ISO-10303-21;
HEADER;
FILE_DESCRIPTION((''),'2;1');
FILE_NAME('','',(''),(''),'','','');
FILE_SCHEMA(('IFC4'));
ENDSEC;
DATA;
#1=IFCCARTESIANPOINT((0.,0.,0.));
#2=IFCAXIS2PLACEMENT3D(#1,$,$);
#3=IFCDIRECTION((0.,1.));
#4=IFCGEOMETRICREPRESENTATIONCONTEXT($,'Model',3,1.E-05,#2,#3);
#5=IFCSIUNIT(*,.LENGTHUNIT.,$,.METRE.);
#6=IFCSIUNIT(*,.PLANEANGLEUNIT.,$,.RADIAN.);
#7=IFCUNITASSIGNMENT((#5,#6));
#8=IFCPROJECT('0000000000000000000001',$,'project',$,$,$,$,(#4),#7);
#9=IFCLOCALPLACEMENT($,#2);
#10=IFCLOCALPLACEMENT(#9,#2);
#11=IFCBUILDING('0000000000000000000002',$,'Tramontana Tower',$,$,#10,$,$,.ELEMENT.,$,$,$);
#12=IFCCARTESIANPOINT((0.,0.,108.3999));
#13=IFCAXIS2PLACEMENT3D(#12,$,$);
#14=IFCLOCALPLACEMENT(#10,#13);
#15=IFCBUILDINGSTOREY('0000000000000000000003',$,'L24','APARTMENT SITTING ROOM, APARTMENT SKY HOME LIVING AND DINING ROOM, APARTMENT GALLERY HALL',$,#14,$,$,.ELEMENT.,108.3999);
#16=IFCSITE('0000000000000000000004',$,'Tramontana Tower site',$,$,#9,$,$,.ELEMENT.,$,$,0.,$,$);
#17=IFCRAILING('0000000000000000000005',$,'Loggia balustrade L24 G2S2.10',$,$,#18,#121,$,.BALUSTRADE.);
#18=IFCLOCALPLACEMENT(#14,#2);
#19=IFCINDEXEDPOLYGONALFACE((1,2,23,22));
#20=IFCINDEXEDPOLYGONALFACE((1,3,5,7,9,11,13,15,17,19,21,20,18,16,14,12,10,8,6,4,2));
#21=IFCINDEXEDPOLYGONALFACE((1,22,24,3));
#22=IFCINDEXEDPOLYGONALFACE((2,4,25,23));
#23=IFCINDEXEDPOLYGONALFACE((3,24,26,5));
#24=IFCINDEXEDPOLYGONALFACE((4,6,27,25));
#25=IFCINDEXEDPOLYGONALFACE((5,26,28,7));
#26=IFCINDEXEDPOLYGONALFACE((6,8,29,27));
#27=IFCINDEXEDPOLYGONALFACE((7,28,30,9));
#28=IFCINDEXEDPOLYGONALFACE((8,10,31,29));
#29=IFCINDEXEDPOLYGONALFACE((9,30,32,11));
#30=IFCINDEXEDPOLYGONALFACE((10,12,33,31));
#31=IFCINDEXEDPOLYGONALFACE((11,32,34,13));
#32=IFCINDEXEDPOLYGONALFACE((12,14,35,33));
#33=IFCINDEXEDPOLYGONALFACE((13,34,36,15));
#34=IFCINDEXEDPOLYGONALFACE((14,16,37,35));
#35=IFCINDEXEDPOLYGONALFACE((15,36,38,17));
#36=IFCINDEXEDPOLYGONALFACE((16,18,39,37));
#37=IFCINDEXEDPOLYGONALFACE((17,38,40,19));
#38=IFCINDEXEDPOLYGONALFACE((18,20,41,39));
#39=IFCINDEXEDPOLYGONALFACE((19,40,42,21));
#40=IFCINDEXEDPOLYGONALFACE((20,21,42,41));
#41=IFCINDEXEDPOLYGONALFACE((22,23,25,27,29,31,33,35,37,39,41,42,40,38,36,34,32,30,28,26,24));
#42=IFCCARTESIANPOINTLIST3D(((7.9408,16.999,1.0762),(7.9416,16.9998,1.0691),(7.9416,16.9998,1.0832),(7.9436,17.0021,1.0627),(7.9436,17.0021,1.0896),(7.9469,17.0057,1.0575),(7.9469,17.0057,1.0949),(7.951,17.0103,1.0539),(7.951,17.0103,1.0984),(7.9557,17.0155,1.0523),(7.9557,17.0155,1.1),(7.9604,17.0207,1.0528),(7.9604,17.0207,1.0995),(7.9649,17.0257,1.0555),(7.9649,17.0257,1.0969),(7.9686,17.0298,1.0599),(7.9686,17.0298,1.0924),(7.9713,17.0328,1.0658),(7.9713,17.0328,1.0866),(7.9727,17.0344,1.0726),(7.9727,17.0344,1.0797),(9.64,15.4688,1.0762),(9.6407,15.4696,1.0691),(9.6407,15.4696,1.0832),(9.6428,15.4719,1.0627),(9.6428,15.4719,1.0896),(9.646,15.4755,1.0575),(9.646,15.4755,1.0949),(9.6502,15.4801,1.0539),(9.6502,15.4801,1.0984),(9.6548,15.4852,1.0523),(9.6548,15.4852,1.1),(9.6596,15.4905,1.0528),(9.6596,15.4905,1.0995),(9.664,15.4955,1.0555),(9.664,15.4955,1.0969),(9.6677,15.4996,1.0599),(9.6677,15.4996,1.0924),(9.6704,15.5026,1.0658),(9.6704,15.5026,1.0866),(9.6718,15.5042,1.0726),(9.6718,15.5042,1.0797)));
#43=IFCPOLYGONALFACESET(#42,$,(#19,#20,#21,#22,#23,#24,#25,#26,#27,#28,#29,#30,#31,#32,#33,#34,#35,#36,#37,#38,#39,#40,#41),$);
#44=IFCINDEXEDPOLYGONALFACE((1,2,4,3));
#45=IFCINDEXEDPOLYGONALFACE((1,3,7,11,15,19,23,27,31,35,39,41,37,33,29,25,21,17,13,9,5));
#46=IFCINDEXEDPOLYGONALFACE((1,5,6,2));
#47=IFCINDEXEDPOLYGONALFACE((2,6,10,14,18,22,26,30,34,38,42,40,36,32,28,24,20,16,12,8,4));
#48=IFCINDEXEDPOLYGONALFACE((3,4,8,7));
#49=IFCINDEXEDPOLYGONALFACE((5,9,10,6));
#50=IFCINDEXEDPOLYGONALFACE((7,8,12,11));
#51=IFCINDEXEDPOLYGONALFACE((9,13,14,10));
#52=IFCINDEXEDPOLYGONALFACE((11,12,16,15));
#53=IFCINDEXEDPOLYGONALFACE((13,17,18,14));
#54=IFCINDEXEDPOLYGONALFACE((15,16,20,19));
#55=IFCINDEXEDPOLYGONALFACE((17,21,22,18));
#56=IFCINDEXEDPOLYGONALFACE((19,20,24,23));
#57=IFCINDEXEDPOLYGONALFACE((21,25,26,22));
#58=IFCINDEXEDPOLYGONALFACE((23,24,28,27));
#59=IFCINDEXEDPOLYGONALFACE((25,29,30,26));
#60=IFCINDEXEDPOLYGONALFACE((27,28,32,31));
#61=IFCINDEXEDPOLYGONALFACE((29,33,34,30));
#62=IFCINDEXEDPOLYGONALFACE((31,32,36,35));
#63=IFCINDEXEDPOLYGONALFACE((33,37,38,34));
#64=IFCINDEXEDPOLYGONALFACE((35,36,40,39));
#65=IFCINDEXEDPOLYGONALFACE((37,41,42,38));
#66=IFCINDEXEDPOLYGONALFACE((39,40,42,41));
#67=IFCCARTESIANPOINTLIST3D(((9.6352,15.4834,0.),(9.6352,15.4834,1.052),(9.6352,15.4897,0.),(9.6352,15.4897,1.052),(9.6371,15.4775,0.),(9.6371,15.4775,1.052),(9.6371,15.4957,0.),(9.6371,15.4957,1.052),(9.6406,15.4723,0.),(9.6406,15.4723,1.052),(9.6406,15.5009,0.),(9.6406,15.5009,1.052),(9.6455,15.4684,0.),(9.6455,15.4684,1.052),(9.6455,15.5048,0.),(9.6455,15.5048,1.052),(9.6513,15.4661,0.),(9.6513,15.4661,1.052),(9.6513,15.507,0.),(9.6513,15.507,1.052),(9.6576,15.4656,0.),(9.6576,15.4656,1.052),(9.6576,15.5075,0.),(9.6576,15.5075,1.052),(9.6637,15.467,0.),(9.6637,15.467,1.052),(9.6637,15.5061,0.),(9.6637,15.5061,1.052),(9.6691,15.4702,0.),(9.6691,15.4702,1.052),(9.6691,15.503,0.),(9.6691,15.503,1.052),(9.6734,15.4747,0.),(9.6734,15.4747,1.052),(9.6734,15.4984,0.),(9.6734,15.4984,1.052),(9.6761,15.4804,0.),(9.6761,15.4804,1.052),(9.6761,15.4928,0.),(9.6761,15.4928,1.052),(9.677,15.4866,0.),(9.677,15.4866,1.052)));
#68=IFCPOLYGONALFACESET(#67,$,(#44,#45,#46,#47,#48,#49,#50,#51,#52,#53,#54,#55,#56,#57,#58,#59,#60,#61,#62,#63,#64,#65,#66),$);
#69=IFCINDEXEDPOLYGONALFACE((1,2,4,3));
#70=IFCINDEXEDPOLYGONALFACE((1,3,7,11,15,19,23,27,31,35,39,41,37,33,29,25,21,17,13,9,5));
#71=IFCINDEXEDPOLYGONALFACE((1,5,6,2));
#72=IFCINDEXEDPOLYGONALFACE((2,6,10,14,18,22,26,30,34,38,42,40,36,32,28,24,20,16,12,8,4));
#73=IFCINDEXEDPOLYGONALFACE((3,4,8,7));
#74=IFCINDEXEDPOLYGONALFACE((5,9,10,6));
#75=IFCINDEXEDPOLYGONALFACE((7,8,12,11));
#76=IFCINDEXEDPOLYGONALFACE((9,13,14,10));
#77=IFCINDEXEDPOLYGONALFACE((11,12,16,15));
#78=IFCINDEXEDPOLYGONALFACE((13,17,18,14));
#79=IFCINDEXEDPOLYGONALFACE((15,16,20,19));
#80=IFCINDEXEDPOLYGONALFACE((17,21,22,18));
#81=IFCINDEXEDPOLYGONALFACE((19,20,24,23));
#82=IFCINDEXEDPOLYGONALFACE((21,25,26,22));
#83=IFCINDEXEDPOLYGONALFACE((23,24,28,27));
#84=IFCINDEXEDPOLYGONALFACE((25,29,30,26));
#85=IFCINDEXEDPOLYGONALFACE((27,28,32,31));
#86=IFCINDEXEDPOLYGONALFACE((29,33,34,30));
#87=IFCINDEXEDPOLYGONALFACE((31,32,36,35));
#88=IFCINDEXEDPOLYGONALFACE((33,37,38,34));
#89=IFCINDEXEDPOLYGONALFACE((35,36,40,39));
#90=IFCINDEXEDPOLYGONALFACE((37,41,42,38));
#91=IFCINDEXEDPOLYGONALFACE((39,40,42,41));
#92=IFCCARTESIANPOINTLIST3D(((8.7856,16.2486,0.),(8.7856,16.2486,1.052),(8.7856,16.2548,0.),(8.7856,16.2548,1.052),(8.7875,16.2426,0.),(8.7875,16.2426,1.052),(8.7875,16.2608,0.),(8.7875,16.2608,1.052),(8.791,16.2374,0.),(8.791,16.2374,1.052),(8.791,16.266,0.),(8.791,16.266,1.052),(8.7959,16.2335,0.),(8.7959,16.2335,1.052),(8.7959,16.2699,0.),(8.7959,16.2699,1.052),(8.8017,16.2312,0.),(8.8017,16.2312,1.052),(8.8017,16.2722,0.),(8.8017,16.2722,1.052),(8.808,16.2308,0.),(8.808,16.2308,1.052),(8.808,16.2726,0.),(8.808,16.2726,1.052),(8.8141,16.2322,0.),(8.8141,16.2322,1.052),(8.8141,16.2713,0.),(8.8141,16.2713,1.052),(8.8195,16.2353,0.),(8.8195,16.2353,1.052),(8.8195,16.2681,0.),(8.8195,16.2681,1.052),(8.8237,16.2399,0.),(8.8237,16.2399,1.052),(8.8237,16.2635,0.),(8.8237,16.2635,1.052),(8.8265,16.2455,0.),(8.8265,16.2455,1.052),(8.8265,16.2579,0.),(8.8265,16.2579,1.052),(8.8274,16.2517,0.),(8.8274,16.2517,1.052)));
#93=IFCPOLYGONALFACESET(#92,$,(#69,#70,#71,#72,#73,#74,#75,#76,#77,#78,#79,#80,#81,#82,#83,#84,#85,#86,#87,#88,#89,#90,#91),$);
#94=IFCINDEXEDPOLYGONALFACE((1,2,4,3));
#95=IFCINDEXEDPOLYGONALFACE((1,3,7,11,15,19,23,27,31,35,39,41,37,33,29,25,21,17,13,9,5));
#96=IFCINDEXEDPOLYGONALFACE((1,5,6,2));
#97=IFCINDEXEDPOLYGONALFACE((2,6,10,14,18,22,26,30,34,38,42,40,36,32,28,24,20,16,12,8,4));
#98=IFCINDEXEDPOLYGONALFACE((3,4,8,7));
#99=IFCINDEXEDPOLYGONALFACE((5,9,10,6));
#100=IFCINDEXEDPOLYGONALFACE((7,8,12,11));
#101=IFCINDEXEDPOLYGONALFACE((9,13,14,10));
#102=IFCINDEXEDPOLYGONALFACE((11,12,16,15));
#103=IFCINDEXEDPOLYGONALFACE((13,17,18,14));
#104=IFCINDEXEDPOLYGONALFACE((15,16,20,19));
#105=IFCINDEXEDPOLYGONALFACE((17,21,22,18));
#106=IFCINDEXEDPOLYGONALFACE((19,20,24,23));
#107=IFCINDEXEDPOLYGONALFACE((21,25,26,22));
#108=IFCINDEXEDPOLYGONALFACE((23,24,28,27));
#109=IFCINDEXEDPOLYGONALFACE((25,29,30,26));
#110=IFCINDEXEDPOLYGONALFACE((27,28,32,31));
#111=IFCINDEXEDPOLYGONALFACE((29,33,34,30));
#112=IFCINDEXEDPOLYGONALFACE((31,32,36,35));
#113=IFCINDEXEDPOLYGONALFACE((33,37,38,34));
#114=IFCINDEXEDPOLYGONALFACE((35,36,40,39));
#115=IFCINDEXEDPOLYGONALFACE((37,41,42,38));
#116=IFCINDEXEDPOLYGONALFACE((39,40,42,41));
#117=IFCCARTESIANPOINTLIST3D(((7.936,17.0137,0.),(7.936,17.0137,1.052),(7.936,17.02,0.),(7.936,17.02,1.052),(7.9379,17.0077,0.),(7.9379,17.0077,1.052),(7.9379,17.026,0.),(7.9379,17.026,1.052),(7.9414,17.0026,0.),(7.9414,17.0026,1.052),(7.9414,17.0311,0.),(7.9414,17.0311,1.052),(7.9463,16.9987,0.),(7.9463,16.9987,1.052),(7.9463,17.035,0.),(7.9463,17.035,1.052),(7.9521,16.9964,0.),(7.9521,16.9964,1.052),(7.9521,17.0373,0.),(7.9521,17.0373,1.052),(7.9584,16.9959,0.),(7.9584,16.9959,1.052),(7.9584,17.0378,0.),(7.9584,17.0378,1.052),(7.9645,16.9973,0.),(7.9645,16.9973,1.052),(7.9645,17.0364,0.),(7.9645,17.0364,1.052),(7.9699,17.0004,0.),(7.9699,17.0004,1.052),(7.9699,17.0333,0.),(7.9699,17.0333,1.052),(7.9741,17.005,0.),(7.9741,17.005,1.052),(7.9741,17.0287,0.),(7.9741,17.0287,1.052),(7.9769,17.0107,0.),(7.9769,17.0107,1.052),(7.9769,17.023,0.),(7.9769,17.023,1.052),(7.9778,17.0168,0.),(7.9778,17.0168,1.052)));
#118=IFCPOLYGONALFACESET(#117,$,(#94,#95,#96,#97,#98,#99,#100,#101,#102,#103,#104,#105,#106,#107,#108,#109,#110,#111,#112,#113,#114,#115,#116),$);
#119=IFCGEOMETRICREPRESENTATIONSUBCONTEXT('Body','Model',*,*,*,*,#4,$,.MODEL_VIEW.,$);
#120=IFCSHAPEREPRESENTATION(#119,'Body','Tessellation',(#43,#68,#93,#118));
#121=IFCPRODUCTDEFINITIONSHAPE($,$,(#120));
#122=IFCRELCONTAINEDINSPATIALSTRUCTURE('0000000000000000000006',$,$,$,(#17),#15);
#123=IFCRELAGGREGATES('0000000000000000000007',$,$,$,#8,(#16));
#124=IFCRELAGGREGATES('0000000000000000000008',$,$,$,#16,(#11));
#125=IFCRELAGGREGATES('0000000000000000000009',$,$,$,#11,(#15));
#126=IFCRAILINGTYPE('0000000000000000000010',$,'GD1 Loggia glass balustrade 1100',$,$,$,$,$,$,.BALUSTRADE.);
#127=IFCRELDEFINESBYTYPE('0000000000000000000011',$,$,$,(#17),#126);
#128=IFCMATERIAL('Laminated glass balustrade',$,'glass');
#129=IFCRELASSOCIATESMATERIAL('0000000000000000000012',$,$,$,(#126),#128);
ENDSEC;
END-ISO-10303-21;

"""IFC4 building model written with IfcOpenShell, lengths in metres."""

from ifc_helpers import new_model, si_unit, direction, frame, origin, origin_2d, place, context, subcontext, project, spatial, circle, extrude, material, type_object, element, save


model = new_model("IFC4")

# Units and contexts
model_context = context("Model", 3, precision=1e-05, world=origin(), true_north=direction((0.0, 1.0)))
body_context = subcontext(model_context, "Body", "Model", "MODEL_VIEW")
ifc_project = project(units=[si_unit("LENGTHUNIT", "METRE"), si_unit("PLANEANGLEUNIT", "RADIAN")], contexts=[model_context])

# Site, building, storey
site_placement = place(None, origin())
site = spatial("IfcSite", under=ifc_project, at=site_placement, Name="Tramontana Tower site", CompositionType="ELEMENT", RefElevation=0.0)
building_placement = place(site_placement, origin())
building = spatial("IfcBuilding", under=site, at=building_placement, Name="Tramontana Tower", CompositionType="ELEMENT")
storey_placement = place(building_placement, frame((0.0, 0.0, 108.3999)))
storey = spatial("IfcBuildingStorey", under=building, at=storey_placement, Name="L24", Description="APARTMENT SITTING ROOM, APARTMENT SKY HOME LIVING AND DINING ROOM, APARTMENT GALLERY HALL", CompositionType="ELEMENT", Elevation=108.3999)

# Railing
ifc_material_1 = material(Name="Laminated glass balustrade", Category="glass")
railing_type = type_object("IfcRailingType", Name="GD1 Loggia glass balustrade 1100", PredefinedType="BALUSTRADE", material=ifc_material_1)
railing_placement = place(storey_placement, frame((9.656, 15.4866, 0.0)))
element("IfcRailing", 1, at=railing_placement, inside=storey, type_object=railing_type, Name="Loggia balustrade L24 G2S2.10", PredefinedType="BALUSTRADE", context=body_context, shape_type="SweptSolid", body=[
    extrude(circle(Radius=0.0239, at=origin_2d()), frame((0.0, 0.0, 1.0762), z_axis=(-0.743082, 0.669201, 0.0), x_axis=(-0.669201, -0.743082, 0.0)), (0.0, 0.0, 1.0), 2.2866),
    extrude(circle(Radius=0.021, at=origin_2d()), origin(), (0.0, 0.0, 1.0), 1.052),
    extrude(circle(Radius=0.021, at=origin_2d()), frame((-0.8496, 0.7651, 0.0)), (0.0, 0.0, 1.0), 1.052),
    extrude(circle(Radius=0.021, at=origin_2d()), frame((-1.6992, 1.5303, 0.0)), (0.0, 0.0, 1.0), 1.052),
])

save(model, "model.ifc")
